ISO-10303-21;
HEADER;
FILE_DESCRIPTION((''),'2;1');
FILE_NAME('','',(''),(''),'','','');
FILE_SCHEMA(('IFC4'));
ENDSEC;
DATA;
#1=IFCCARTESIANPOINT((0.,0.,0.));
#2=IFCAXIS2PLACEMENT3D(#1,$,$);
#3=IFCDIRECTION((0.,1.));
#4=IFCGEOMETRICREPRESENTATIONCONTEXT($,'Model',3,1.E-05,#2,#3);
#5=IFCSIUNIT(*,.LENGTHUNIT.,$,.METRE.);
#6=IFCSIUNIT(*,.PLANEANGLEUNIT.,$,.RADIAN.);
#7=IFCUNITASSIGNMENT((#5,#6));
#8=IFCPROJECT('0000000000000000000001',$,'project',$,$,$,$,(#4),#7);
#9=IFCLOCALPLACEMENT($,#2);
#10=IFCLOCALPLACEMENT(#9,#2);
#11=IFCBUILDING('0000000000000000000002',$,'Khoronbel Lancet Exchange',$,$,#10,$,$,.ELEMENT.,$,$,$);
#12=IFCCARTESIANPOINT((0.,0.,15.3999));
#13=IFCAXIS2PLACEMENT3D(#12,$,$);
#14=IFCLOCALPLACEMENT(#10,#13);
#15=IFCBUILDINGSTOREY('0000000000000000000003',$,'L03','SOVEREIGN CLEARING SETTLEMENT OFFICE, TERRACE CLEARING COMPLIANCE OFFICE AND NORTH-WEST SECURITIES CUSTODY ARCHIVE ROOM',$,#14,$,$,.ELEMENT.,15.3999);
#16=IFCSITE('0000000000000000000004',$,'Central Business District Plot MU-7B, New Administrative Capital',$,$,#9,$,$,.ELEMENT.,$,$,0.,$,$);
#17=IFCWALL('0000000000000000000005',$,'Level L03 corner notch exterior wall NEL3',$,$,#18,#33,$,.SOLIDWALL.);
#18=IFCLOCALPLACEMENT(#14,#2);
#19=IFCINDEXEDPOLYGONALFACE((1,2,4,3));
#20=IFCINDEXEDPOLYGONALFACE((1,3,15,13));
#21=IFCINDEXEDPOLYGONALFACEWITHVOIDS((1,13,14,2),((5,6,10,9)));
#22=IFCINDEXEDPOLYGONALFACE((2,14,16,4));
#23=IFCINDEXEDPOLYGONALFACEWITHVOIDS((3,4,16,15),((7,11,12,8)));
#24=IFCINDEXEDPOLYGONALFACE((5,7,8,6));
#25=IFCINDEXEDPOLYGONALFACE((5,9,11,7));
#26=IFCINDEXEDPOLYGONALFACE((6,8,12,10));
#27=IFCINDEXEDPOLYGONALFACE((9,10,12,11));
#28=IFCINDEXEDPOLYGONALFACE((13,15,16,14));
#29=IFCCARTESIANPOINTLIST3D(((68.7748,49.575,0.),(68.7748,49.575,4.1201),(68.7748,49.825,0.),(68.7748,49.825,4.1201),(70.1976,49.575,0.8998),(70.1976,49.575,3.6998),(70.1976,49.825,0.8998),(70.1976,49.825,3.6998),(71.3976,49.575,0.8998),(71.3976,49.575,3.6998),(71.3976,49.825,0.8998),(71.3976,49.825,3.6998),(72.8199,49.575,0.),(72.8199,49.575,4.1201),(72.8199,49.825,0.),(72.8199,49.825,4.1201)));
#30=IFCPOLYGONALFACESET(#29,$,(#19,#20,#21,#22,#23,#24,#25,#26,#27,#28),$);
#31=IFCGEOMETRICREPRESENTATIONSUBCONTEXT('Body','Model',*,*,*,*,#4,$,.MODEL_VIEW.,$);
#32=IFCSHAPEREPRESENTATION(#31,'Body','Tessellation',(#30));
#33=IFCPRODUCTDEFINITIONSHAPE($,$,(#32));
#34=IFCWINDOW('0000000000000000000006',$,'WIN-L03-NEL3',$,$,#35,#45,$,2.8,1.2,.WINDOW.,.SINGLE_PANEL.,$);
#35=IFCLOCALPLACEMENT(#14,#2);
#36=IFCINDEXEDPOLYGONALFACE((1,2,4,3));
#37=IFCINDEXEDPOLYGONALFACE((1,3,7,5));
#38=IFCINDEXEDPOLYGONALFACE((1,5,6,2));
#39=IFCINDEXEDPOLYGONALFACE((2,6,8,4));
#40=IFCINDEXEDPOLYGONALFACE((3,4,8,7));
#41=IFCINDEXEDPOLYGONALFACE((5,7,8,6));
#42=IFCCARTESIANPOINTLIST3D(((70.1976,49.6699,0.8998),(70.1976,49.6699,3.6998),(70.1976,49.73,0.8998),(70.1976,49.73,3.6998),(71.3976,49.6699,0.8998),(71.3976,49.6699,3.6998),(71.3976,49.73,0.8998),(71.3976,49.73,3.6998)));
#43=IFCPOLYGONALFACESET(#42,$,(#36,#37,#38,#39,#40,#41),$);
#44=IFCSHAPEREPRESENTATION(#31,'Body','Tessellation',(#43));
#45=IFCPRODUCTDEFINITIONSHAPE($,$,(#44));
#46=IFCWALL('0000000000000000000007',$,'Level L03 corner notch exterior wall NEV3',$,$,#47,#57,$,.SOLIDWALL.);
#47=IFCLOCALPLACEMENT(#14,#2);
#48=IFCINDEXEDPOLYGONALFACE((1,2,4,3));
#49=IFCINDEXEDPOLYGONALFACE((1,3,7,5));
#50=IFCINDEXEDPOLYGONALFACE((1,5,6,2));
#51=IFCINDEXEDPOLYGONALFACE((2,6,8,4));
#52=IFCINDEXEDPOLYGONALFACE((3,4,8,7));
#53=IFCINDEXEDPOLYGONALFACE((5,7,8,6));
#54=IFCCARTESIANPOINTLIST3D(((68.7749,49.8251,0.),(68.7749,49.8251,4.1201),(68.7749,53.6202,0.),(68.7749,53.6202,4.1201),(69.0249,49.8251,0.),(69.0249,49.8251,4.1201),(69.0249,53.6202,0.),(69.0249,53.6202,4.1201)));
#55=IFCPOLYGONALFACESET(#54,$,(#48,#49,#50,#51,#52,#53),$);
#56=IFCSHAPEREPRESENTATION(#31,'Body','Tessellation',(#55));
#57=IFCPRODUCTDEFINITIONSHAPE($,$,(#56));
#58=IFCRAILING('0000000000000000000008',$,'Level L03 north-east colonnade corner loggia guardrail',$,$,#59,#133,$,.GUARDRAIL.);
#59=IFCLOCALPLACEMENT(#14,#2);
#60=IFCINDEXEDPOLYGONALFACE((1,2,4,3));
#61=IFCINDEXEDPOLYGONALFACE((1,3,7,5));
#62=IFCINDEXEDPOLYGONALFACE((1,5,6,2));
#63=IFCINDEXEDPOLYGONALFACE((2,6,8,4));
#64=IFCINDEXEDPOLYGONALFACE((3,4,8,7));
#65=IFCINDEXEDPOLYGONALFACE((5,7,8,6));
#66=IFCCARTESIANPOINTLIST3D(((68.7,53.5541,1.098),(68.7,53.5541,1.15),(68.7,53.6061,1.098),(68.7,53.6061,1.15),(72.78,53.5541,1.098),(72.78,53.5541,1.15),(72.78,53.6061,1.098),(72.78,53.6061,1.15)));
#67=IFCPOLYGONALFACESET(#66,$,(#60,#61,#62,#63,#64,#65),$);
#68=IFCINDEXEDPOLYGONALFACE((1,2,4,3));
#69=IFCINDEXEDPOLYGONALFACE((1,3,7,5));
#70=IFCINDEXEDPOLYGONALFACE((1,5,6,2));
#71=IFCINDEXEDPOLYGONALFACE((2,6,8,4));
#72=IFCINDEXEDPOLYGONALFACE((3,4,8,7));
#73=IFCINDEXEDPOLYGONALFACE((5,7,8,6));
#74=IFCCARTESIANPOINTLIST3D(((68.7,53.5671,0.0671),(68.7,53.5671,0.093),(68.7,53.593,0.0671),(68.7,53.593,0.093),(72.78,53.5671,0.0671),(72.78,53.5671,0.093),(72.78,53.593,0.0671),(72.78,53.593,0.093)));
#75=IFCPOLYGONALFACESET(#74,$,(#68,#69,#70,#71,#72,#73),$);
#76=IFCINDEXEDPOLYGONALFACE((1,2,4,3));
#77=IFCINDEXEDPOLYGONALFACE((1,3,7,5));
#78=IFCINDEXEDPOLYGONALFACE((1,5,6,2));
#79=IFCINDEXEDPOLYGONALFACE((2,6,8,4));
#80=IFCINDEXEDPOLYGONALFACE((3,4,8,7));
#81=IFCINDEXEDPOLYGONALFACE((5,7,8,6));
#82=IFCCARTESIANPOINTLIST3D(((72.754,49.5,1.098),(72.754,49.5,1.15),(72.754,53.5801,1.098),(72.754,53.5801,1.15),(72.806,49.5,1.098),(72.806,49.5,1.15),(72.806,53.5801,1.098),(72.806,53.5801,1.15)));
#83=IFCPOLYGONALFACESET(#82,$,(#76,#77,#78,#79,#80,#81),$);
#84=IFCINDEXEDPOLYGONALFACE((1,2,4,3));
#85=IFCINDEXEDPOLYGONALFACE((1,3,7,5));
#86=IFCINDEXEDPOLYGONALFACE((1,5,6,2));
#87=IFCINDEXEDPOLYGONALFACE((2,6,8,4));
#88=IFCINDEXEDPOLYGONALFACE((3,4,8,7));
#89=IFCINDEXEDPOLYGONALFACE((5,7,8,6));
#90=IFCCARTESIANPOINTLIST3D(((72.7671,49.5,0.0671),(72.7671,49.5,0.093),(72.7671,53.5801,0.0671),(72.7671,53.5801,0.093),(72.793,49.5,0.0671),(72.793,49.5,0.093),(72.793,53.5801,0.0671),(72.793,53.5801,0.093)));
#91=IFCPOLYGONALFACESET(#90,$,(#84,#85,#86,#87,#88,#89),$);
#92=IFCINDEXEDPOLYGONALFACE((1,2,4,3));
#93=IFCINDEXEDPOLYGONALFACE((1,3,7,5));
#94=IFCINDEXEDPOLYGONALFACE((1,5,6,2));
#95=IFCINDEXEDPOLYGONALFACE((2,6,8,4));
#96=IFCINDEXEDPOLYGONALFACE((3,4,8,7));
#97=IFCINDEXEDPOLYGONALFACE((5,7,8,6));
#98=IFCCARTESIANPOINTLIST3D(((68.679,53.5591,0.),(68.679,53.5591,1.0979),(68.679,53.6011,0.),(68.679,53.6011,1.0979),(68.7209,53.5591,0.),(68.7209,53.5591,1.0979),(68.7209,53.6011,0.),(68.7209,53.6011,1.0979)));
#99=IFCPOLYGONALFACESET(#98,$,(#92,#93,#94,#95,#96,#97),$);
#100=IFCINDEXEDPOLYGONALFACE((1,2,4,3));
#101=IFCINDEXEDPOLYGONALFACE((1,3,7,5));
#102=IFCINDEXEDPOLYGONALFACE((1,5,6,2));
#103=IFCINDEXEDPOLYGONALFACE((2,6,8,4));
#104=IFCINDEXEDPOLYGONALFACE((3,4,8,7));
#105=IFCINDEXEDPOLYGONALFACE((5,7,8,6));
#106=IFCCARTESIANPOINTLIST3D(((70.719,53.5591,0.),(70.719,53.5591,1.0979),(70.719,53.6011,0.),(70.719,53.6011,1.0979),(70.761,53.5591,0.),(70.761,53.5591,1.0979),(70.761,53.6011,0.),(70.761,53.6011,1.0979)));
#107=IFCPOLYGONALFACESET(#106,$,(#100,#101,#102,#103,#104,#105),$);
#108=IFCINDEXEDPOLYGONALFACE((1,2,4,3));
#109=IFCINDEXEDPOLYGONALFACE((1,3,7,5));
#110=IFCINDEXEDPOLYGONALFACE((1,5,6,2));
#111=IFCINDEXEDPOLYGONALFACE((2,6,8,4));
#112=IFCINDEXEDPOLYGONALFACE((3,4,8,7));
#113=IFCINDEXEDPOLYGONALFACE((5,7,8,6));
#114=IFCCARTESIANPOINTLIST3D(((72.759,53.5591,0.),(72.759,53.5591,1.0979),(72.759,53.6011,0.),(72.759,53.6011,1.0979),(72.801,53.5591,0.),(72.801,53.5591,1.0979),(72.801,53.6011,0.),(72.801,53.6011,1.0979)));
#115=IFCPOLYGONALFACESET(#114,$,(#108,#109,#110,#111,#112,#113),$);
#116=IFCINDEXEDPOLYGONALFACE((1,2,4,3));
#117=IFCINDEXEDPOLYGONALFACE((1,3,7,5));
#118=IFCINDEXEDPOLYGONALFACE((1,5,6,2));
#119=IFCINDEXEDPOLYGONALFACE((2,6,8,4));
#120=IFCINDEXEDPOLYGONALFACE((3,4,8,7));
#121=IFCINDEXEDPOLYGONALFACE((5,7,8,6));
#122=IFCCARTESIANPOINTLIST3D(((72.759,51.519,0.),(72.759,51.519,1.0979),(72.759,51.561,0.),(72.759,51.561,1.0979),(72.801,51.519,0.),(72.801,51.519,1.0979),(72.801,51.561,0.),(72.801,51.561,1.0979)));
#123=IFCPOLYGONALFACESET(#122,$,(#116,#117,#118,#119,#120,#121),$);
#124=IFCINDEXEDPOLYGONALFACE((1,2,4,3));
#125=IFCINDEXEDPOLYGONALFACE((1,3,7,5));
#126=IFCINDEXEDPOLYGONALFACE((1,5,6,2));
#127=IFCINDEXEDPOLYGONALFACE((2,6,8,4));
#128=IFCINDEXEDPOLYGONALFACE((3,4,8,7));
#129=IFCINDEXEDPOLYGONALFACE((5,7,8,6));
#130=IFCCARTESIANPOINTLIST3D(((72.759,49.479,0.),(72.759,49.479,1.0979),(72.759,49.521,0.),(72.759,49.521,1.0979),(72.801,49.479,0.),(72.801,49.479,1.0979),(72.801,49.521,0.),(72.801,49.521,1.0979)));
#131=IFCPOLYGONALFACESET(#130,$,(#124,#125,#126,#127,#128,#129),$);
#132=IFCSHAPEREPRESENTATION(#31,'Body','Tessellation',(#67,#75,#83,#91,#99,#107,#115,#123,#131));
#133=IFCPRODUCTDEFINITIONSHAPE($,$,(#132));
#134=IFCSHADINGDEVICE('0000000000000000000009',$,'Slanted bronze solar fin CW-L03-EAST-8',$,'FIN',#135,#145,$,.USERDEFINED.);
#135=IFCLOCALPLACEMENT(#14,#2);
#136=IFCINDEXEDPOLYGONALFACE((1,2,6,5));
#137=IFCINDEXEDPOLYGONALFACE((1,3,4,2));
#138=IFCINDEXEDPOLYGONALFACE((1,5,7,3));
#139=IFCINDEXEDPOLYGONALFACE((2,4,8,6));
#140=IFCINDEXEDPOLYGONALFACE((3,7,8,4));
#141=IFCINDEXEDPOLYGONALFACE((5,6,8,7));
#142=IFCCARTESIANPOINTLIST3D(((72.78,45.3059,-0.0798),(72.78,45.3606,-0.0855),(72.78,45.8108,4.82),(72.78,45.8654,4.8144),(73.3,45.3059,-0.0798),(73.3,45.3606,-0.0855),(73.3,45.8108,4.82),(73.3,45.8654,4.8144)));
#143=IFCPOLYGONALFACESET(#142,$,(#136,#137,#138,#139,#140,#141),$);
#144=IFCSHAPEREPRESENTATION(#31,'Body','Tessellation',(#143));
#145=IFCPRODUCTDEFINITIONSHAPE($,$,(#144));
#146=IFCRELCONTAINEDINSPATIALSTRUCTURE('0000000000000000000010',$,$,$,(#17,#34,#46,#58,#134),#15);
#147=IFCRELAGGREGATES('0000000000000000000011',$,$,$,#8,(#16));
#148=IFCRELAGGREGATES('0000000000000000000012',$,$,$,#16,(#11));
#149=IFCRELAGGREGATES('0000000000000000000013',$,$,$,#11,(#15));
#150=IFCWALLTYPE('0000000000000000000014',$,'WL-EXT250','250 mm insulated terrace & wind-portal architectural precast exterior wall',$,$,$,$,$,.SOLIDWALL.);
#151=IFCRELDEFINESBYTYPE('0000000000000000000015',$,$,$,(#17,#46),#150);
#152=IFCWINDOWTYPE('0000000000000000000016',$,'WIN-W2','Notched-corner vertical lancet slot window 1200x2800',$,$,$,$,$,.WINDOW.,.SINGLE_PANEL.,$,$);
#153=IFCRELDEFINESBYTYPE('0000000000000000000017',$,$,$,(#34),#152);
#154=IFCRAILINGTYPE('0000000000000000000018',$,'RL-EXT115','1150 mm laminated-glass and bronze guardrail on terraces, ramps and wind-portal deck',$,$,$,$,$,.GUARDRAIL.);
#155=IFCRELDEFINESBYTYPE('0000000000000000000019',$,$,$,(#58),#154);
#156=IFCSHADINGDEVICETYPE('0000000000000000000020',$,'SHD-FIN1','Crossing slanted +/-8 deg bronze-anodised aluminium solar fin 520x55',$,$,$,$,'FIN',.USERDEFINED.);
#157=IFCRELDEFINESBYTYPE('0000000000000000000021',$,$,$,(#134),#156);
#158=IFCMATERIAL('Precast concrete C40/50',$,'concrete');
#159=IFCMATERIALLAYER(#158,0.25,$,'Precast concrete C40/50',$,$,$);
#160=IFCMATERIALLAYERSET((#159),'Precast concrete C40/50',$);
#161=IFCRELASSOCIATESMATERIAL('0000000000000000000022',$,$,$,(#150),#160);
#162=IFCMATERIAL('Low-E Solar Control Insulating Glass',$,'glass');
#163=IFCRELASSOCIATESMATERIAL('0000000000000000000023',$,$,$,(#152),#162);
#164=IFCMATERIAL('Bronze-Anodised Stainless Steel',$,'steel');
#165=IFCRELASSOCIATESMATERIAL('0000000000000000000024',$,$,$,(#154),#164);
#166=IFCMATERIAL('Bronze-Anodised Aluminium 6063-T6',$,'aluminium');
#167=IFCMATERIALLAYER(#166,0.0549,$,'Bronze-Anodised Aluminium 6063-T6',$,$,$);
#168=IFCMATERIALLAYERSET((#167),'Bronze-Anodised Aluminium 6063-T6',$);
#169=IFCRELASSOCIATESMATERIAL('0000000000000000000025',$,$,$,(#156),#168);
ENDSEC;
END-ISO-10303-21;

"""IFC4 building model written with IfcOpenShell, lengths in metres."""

from ifc_helpers import new_model, si_unit, direction, frame, frame_2d, origin, origin_2d, place, context, subcontext, project, spatial, polyline, rectangle, outline, extrude, material, layer, layer_set, type_object, element, fill, save


model = new_model("IFC4")

# Units and contexts
model_context = context("Model", 3, precision=1e-05, world=origin(), true_north=direction((0.0, 1.0)))
body_context = subcontext(model_context, "Body", "Model", "MODEL_VIEW")
ifc_project = project(units=[si_unit("LENGTHUNIT", "METRE"), si_unit("PLANEANGLEUNIT", "RADIAN")], contexts=[model_context])

# Site, building, storey
site_placement = place(None, origin())
site = spatial("IfcSite", under=ifc_project, at=site_placement, Name="Central Business District Plot MU-7B, New Administrative Capital", CompositionType="ELEMENT", RefElevation=0.0)
building_placement = place(site_placement, origin())
building = spatial("IfcBuilding", under=site, at=building_placement, Name="Khoronbel Lancet Exchange", CompositionType="ELEMENT")
storey_placement = place(building_placement, frame((0.0, 0.0, 15.3999)))
storey = spatial("IfcBuildingStorey", under=building, at=storey_placement, Name="L03", Description="SOVEREIGN CLEARING SETTLEMENT OFFICE, TERRACE CLEARING COMPLIANCE OFFICE AND NORTH-WEST SECURITIES CUSTODY ARCHIVE ROOM", CompositionType="ELEMENT", Elevation=15.3999)

# Shared definitions
ifc_material_1 = material(Name="Low-E Solar Control Insulating Glass", Category="glass")
ifc_material_2 = material(Name="Bronze-Anodised Aluminium 6063-T6", Category="aluminium")

# Wall, opening, window
ifc_material_3 = material(Name="Precast concrete C40/50", Category="concrete")
ifc_layer_1 = layer(ifc_material_3, 0.25, Name="Precast concrete C40/50")
ifc_layer_set_1 = layer_set([ifc_layer_1], Name="Precast concrete C40/50")
wall_type = type_object("IfcWallType", Name="WL-EXT250", Description="250 mm insulated terrace & wind-portal architectural precast exterior wall", PredefinedType="SOLIDWALL", material=ifc_layer_set_1)
wall_1_placement = place(storey_placement, frame((68.7749, 49.7, 0.0), z_axis=(0.0, 0.0, 1.0), x_axis=(1.0, 0.0, 0.0)))
wall_1 = element("IfcWall", 1, at=wall_1_placement, inside=storey, type_object=wall_type, Name="Level L03 corner notch exterior wall NEL3", PredefinedType="SOLIDWALL", context=body_context, shape_type="SweptSolid", body=[
    extrude(rectangle(XDim=4.0452, YDim=0.25, at=frame_2d((2.0225, 0.0))), origin(), (0.0, 0.0, 1.0), 4.1201),
])
opening_placement = place(wall_1_placement, frame((1.4226, 0.0, 0.8999)))
opening = element("IfcOpeningElement", 2, at=opening_placement, cuts=wall_1, PredefinedType="OPENING", context=body_context, shape_type="SweptSolid", body=[
    extrude(rectangle(XDim=1.2, YDim=2.8, at=frame_2d((0.6001, 1.3999))), frame((0.0, 0.135, 0.0), z_axis=(0.0, -1.0, 0.0), x_axis=(1.0, 0.0, 0.0)), (0.0, 0.0, 1.0), 0.27),
])
window_type = type_object("IfcWindowType", Name="WIN-W2", Description="Notched-corner vertical lancet slot window 1200x2800", PartitioningType="SINGLE_PANEL", PredefinedType="WINDOW", material=ifc_material_1)
window_placement = place(opening_placement, origin())
window = element("IfcWindow", 3, at=window_placement, inside=storey, type_object=window_type, Name="WIN-L03-NEL3", OverallHeight=2.8, OverallWidth=1.2, PartitioningType="SINGLE_PANEL", PredefinedType="WINDOW", context=body_context, shape_type="SweptSolid", body=[
    extrude(rectangle(XDim=1.2, YDim=2.8, at=frame_2d((0.6001, 1.3999))), frame((0.0, 0.03, 0.0), z_axis=(0.0, -1.0, 0.0), x_axis=(1.0, 0.0, 0.0)), (0.0, 0.0, 1.0), 0.0601),
])
fill(opening, window)

# Wall
wall_2_placement = place(storey_placement, frame((68.8999, 53.6201, 0.0), z_axis=(0.0, 0.0, 1.0), x_axis=(0.0, -1.0, 0.0)))
element("IfcWall", 4, at=wall_2_placement, inside=storey, type_object=wall_type, Name="Level L03 corner notch exterior wall NEV3", PredefinedType="SOLIDWALL", context=body_context, shape_type="SweptSolid", body=[
    extrude(rectangle(XDim=3.7952, YDim=0.25, at=frame_2d((1.8975, 0.0))), origin(), (0.0, 0.0, 1.0), 4.1201),
])

# Railing
ifc_material_4 = material(Name="Bronze-Anodised Stainless Steel", Category="steel")
railing_type = type_object("IfcRailingType", Name="RL-EXT115", Description="1150 mm laminated-glass and bronze guardrail on terraces, ramps and wind-portal deck", PredefinedType="GUARDRAIL", material=ifc_material_4)
railing_placement = place(storey_placement, frame((68.7, 53.5801, 0.0)))
element("IfcRailing", 5, at=railing_placement, inside=storey, type_object=railing_type, Name="Level L03 north-east colonnade corner loggia guardrail", PredefinedType="GUARDRAIL", context=body_context, shape_type="SweptSolid", body=[
    extrude(rectangle(XDim=0.052, YDim=0.052, at=origin_2d()), frame((0.0, 0.0, 1.124), z_axis=(1.0, 0.0, 0.0), x_axis=(0.0, 1.0, 0.0)), (0.0, 0.0, 1.0), 4.0801),
    extrude(rectangle(XDim=0.0259, YDim=0.0259, at=origin_2d()), frame((0.0, 0.0, 0.0801), z_axis=(1.0, 0.0, 0.0), x_axis=(0.0, 1.0, 0.0)), (0.0, 0.0, 1.0), 4.0801),
    extrude(rectangle(XDim=0.052, YDim=0.052, at=origin_2d()), frame((4.0801, 0.0, 1.124), z_axis=(0.0, -1.0, 0.0), x_axis=(1.0, 0.0, 0.0)), (0.0, 0.0, 1.0), 4.0801),
    extrude(rectangle(XDim=0.0259, YDim=0.0259, at=origin_2d()), frame((4.0801, 0.0, 0.0801), z_axis=(0.0, -1.0, 0.0), x_axis=(1.0, 0.0, 0.0)), (0.0, 0.0, 1.0), 4.0801),
    extrude(rectangle(XDim=0.042, YDim=0.042, at=origin_2d()), origin(), (0.0, 0.0, 1.0), 1.0979),
    extrude(rectangle(XDim=0.042, YDim=0.042, at=origin_2d()), frame((2.04, 0.0, 0.0)), (0.0, 0.0, 1.0), 1.0979),
    extrude(rectangle(XDim=0.042, YDim=0.042, at=origin_2d()), frame((4.0801, 0.0, 0.0)), (0.0, 0.0, 1.0), 1.0979),
    extrude(rectangle(XDim=0.042, YDim=0.042, at=origin_2d()), frame((4.0801, -2.04, 0.0)), (0.0, 0.0, 1.0), 1.0979),
    extrude(rectangle(XDim=0.042, YDim=0.042, at=origin_2d()), frame((4.0801, -4.0801, 0.0)), (0.0, 0.0, 1.0), 1.0979),
])

# Shading device
ifc_layer_2 = layer(ifc_material_2, 0.0549, Name="Bronze-Anodised Aluminium 6063-T6")
ifc_layer_set_2 = layer_set([ifc_layer_2], Name="Bronze-Anodised Aluminium 6063-T6")
shading_device_type = type_object("IfcShadingDeviceType", Name="SHD-FIN1", Description="Crossing slanted +/-8 deg bronze-anodised aluminium solar fin 520x55", ElementType="FIN", PredefinedType="USERDEFINED", material=ifc_layer_set_2)
shading_device_placement = place(storey_placement, frame((72.78, 45.3059, -0.0798), z_axis=(0.0, -0.994733, 0.102497), x_axis=(1.0, 0.0, 0.0)))
element("IfcShadingDevice", 6, at=shading_device_placement, inside=storey, type_object=shading_device_type, Name="Slanted bronze solar fin CW-L03-EAST-8", ObjectType="FIN", PredefinedType="USERDEFINED", context=body_context, shape_type="SweptSolid", body=[
    extrude(outline(polyline([(0.0, 0.0), (0.52, 0.0), (0.52, 4.9258), (0.0, 4.9258), (0.0, 0.0)])), origin(), (0.0, 0.0, -1.0), 0.0549),
])

save(model, "model.ifc")
